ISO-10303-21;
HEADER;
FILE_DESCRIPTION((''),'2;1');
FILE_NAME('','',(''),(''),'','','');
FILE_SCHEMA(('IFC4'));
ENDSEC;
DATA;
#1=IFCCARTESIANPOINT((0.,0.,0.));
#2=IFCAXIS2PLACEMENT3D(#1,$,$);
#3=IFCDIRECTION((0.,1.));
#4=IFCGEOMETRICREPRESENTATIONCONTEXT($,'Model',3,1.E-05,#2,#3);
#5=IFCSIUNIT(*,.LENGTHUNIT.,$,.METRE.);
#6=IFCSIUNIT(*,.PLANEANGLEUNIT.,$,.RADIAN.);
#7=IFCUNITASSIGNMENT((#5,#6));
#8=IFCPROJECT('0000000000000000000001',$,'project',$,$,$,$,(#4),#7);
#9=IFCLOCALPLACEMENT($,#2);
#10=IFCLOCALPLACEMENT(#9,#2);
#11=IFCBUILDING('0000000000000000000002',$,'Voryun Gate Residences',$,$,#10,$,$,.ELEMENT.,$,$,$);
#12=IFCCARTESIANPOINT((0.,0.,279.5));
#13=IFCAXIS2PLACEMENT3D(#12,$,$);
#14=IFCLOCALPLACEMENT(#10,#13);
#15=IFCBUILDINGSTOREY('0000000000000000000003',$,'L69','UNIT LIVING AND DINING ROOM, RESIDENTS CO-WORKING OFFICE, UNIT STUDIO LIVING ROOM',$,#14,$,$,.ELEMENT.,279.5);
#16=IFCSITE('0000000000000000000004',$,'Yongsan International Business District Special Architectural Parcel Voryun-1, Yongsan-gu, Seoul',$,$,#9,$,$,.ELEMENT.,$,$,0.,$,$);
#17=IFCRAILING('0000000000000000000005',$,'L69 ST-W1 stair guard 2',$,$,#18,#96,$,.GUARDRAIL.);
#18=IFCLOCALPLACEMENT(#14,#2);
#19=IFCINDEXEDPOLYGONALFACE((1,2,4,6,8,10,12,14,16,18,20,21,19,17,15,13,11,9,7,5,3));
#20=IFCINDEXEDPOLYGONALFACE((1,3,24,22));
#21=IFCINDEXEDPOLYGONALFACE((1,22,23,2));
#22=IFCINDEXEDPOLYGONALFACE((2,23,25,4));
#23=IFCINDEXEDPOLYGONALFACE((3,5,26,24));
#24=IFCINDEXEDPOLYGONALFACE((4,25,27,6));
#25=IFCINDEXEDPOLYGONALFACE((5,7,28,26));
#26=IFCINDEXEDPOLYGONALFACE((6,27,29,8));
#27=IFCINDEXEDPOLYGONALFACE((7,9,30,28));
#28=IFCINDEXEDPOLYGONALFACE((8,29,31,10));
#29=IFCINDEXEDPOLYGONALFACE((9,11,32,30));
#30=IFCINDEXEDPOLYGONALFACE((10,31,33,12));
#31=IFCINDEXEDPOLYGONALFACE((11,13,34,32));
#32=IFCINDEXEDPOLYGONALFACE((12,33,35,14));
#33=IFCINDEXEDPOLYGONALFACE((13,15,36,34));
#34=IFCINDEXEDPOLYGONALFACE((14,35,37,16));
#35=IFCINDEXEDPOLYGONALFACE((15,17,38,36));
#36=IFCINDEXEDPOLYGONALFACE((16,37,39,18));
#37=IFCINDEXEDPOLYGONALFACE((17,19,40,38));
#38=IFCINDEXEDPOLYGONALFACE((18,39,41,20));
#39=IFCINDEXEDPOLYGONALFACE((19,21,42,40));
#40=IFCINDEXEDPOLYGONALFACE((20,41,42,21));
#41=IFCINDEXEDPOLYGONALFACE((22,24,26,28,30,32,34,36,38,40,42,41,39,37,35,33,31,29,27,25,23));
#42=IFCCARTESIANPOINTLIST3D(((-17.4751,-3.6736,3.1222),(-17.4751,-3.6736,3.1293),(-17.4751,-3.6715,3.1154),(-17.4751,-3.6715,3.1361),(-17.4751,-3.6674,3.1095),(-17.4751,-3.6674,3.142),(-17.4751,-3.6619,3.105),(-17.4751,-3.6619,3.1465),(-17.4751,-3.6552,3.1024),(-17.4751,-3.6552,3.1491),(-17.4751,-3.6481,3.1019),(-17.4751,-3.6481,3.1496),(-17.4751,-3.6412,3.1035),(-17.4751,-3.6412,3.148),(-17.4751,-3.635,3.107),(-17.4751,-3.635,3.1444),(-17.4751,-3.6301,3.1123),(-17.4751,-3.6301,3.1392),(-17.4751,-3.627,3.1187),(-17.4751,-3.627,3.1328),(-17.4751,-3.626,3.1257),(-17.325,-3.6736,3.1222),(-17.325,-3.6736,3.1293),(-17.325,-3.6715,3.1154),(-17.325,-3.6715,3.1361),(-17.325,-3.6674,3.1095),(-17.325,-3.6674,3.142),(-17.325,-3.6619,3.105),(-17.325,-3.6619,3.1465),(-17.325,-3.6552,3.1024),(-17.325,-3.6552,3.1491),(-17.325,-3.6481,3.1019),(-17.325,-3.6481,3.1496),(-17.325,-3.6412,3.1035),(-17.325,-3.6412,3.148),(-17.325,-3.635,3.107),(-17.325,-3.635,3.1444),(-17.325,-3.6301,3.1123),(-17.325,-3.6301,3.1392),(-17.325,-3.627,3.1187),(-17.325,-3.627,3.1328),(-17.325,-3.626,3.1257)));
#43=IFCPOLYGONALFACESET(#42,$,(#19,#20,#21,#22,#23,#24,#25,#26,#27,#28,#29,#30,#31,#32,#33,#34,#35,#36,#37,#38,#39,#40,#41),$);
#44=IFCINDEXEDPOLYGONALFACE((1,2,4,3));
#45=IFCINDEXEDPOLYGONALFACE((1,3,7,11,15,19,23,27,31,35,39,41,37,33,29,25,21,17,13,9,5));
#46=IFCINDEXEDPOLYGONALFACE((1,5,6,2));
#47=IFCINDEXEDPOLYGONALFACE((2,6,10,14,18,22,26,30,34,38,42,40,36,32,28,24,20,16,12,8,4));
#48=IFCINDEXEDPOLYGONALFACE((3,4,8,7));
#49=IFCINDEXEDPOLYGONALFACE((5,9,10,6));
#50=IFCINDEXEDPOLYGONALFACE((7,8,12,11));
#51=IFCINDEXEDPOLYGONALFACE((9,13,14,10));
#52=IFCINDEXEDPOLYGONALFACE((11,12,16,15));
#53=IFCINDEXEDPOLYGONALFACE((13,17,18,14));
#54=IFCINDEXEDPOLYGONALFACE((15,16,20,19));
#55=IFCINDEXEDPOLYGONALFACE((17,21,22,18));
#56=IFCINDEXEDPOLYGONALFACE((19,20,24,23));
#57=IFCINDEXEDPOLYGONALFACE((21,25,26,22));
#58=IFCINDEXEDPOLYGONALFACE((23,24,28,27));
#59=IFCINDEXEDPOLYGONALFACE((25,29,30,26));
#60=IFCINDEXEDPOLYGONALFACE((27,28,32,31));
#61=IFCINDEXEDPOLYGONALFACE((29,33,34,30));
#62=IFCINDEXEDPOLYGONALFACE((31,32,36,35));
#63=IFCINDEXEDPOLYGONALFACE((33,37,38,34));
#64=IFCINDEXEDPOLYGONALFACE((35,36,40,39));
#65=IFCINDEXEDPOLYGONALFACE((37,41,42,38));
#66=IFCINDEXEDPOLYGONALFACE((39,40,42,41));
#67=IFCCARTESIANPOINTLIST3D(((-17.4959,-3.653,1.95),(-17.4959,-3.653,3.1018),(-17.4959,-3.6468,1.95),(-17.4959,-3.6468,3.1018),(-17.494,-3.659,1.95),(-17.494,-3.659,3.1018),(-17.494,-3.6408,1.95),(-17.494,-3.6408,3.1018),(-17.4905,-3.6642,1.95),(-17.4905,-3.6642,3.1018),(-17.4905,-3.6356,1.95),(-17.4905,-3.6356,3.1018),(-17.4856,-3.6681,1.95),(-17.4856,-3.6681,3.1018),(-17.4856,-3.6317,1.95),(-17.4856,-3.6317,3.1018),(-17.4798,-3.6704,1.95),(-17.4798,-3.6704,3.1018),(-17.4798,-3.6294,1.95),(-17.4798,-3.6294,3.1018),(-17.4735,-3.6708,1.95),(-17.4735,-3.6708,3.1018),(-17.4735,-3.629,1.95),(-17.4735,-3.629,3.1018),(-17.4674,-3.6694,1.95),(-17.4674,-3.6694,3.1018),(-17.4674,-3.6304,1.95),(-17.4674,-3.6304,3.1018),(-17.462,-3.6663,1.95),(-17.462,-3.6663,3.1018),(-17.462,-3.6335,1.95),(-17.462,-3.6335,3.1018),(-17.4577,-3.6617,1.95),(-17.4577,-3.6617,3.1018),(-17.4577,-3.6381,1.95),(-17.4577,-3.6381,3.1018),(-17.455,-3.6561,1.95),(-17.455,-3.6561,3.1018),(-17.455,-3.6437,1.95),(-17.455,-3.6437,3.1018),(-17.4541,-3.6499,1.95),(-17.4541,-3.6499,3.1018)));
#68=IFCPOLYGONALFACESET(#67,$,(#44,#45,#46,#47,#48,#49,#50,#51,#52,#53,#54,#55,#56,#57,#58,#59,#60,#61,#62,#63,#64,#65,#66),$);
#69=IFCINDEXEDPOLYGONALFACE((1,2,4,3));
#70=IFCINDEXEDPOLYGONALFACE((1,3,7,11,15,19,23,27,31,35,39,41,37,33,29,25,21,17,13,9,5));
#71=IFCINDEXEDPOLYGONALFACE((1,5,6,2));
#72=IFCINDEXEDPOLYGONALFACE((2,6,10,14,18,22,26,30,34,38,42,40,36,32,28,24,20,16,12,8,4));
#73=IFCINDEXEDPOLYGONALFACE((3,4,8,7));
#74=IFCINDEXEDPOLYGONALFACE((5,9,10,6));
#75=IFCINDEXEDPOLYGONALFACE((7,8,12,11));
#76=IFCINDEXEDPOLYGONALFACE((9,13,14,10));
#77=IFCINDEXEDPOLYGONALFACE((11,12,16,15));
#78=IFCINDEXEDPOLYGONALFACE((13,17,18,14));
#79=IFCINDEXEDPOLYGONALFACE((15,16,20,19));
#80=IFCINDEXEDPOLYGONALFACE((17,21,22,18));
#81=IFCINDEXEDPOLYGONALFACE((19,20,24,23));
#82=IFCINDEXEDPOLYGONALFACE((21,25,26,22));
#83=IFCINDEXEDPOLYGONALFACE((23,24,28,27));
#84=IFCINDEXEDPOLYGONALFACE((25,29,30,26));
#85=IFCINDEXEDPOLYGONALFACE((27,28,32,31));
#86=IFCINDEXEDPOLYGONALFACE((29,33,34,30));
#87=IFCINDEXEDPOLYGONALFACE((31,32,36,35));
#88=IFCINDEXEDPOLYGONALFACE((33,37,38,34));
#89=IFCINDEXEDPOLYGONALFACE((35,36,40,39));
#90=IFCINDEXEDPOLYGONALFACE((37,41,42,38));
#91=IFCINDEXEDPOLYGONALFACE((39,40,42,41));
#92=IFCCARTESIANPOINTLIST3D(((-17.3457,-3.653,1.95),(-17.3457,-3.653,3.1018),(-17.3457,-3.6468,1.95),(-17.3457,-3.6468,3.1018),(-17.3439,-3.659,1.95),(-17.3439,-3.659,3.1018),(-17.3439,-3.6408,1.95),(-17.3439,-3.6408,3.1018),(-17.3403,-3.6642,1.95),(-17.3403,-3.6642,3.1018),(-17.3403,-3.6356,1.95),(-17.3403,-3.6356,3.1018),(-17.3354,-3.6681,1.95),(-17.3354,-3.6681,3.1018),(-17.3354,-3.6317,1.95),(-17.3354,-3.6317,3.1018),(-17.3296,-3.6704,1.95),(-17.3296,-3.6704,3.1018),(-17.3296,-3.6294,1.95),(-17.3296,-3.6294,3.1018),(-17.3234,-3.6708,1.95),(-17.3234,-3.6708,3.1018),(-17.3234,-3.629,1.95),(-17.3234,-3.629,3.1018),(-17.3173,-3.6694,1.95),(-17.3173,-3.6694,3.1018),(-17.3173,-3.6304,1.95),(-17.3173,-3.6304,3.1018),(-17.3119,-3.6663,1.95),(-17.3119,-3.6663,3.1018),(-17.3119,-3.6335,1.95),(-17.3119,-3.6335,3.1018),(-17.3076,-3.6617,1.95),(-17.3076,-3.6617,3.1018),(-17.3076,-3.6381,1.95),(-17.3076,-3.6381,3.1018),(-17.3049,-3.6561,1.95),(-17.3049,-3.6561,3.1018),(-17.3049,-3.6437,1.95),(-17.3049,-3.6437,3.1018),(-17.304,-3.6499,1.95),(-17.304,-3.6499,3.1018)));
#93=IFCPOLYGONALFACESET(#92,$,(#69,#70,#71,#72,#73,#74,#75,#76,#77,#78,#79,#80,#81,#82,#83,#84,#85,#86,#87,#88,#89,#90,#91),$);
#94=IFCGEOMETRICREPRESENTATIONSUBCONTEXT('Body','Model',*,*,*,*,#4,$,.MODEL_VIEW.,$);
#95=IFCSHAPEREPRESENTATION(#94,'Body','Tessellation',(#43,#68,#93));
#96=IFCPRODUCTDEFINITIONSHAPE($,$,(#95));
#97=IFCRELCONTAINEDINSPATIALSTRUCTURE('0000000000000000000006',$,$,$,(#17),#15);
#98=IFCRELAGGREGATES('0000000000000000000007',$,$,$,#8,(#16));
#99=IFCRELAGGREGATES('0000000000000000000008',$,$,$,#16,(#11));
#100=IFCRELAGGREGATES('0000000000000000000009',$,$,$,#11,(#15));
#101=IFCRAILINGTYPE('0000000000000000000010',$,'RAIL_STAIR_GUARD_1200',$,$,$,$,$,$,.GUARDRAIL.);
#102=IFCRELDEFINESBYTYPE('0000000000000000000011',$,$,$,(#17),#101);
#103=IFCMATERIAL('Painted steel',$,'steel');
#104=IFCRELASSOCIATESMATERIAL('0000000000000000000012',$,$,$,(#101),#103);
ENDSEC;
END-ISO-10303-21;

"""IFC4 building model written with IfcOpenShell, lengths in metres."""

from ifc_helpers import new_model, si_unit, direction, frame, origin, origin_2d, place, context, subcontext, project, spatial, circle, extrude, material, type_object, element, save


model = new_model("IFC4")

# Units and contexts
model_context = context("Model", 3, precision=1e-05, world=origin(), true_north=direction((0.0, 1.0)))
body_context = subcontext(model_context, "Body", "Model", "MODEL_VIEW")
ifc_project = project(units=[si_unit("LENGTHUNIT", "METRE"), si_unit("PLANEANGLEUNIT", "RADIAN")], contexts=[model_context])

# Site, building, storey
site_placement = place(None, origin())
site = spatial("IfcSite", under=ifc_project, at=site_placement, Name="Yongsan International Business District Special Architectural Parcel Voryun-1, Yongsan-gu, Seoul", CompositionType="ELEMENT", RefElevation=0.0)
building_placement = place(site_placement, origin())
building = spatial("IfcBuilding", under=site, at=building_placement, Name="Voryun Gate Residences", CompositionType="ELEMENT")
storey_placement = place(building_placement, frame((0.0, 0.0, 279.5)))
storey = spatial("IfcBuildingStorey", under=building, at=storey_placement, Name="L69", Description="UNIT LIVING AND DINING ROOM, RESIDENTS CO-WORKING OFFICE, UNIT STUDIO LIVING ROOM", CompositionType="ELEMENT", Elevation=279.5)

# Railing
ifc_material_1 = material(Name="Painted steel", Category="steel")
railing_type_1 = type_object("IfcRailingType", Name="RAIL_STAIR_GUARD_1200", PredefinedType="GUARDRAIL", material=ifc_material_1)
railing_1_placement = place(storey_placement, frame((-17.4751, -3.6499, 1.95)))
element("IfcRailing", 1, at=railing_1_placement, inside=storey, type_object=railing_type_1, Name="L69 ST-W1 stair guard 2", PredefinedType="GUARDRAIL", context=body_context, shape_type="SweptSolid", body=[
    extrude(circle(Radius=0.0239, at=origin_2d()), frame((0.0, 0.0, 1.1758), z_axis=(1.0, 0.0, 0.0), x_axis=(0.0, 1.0, 0.0)), (0.0, 0.0, 1.0), 0.1501),
    extrude(circle(Radius=0.021, at=origin_2d()), origin(), (0.0, 0.0, 1.0), 1.1519),
    extrude(circle(Radius=0.021, at=origin_2d()), frame((0.1501, 0.0, 0.0)), (0.0, 0.0, 1.0), 1.1519),
])

save(model, "model.ifc")
